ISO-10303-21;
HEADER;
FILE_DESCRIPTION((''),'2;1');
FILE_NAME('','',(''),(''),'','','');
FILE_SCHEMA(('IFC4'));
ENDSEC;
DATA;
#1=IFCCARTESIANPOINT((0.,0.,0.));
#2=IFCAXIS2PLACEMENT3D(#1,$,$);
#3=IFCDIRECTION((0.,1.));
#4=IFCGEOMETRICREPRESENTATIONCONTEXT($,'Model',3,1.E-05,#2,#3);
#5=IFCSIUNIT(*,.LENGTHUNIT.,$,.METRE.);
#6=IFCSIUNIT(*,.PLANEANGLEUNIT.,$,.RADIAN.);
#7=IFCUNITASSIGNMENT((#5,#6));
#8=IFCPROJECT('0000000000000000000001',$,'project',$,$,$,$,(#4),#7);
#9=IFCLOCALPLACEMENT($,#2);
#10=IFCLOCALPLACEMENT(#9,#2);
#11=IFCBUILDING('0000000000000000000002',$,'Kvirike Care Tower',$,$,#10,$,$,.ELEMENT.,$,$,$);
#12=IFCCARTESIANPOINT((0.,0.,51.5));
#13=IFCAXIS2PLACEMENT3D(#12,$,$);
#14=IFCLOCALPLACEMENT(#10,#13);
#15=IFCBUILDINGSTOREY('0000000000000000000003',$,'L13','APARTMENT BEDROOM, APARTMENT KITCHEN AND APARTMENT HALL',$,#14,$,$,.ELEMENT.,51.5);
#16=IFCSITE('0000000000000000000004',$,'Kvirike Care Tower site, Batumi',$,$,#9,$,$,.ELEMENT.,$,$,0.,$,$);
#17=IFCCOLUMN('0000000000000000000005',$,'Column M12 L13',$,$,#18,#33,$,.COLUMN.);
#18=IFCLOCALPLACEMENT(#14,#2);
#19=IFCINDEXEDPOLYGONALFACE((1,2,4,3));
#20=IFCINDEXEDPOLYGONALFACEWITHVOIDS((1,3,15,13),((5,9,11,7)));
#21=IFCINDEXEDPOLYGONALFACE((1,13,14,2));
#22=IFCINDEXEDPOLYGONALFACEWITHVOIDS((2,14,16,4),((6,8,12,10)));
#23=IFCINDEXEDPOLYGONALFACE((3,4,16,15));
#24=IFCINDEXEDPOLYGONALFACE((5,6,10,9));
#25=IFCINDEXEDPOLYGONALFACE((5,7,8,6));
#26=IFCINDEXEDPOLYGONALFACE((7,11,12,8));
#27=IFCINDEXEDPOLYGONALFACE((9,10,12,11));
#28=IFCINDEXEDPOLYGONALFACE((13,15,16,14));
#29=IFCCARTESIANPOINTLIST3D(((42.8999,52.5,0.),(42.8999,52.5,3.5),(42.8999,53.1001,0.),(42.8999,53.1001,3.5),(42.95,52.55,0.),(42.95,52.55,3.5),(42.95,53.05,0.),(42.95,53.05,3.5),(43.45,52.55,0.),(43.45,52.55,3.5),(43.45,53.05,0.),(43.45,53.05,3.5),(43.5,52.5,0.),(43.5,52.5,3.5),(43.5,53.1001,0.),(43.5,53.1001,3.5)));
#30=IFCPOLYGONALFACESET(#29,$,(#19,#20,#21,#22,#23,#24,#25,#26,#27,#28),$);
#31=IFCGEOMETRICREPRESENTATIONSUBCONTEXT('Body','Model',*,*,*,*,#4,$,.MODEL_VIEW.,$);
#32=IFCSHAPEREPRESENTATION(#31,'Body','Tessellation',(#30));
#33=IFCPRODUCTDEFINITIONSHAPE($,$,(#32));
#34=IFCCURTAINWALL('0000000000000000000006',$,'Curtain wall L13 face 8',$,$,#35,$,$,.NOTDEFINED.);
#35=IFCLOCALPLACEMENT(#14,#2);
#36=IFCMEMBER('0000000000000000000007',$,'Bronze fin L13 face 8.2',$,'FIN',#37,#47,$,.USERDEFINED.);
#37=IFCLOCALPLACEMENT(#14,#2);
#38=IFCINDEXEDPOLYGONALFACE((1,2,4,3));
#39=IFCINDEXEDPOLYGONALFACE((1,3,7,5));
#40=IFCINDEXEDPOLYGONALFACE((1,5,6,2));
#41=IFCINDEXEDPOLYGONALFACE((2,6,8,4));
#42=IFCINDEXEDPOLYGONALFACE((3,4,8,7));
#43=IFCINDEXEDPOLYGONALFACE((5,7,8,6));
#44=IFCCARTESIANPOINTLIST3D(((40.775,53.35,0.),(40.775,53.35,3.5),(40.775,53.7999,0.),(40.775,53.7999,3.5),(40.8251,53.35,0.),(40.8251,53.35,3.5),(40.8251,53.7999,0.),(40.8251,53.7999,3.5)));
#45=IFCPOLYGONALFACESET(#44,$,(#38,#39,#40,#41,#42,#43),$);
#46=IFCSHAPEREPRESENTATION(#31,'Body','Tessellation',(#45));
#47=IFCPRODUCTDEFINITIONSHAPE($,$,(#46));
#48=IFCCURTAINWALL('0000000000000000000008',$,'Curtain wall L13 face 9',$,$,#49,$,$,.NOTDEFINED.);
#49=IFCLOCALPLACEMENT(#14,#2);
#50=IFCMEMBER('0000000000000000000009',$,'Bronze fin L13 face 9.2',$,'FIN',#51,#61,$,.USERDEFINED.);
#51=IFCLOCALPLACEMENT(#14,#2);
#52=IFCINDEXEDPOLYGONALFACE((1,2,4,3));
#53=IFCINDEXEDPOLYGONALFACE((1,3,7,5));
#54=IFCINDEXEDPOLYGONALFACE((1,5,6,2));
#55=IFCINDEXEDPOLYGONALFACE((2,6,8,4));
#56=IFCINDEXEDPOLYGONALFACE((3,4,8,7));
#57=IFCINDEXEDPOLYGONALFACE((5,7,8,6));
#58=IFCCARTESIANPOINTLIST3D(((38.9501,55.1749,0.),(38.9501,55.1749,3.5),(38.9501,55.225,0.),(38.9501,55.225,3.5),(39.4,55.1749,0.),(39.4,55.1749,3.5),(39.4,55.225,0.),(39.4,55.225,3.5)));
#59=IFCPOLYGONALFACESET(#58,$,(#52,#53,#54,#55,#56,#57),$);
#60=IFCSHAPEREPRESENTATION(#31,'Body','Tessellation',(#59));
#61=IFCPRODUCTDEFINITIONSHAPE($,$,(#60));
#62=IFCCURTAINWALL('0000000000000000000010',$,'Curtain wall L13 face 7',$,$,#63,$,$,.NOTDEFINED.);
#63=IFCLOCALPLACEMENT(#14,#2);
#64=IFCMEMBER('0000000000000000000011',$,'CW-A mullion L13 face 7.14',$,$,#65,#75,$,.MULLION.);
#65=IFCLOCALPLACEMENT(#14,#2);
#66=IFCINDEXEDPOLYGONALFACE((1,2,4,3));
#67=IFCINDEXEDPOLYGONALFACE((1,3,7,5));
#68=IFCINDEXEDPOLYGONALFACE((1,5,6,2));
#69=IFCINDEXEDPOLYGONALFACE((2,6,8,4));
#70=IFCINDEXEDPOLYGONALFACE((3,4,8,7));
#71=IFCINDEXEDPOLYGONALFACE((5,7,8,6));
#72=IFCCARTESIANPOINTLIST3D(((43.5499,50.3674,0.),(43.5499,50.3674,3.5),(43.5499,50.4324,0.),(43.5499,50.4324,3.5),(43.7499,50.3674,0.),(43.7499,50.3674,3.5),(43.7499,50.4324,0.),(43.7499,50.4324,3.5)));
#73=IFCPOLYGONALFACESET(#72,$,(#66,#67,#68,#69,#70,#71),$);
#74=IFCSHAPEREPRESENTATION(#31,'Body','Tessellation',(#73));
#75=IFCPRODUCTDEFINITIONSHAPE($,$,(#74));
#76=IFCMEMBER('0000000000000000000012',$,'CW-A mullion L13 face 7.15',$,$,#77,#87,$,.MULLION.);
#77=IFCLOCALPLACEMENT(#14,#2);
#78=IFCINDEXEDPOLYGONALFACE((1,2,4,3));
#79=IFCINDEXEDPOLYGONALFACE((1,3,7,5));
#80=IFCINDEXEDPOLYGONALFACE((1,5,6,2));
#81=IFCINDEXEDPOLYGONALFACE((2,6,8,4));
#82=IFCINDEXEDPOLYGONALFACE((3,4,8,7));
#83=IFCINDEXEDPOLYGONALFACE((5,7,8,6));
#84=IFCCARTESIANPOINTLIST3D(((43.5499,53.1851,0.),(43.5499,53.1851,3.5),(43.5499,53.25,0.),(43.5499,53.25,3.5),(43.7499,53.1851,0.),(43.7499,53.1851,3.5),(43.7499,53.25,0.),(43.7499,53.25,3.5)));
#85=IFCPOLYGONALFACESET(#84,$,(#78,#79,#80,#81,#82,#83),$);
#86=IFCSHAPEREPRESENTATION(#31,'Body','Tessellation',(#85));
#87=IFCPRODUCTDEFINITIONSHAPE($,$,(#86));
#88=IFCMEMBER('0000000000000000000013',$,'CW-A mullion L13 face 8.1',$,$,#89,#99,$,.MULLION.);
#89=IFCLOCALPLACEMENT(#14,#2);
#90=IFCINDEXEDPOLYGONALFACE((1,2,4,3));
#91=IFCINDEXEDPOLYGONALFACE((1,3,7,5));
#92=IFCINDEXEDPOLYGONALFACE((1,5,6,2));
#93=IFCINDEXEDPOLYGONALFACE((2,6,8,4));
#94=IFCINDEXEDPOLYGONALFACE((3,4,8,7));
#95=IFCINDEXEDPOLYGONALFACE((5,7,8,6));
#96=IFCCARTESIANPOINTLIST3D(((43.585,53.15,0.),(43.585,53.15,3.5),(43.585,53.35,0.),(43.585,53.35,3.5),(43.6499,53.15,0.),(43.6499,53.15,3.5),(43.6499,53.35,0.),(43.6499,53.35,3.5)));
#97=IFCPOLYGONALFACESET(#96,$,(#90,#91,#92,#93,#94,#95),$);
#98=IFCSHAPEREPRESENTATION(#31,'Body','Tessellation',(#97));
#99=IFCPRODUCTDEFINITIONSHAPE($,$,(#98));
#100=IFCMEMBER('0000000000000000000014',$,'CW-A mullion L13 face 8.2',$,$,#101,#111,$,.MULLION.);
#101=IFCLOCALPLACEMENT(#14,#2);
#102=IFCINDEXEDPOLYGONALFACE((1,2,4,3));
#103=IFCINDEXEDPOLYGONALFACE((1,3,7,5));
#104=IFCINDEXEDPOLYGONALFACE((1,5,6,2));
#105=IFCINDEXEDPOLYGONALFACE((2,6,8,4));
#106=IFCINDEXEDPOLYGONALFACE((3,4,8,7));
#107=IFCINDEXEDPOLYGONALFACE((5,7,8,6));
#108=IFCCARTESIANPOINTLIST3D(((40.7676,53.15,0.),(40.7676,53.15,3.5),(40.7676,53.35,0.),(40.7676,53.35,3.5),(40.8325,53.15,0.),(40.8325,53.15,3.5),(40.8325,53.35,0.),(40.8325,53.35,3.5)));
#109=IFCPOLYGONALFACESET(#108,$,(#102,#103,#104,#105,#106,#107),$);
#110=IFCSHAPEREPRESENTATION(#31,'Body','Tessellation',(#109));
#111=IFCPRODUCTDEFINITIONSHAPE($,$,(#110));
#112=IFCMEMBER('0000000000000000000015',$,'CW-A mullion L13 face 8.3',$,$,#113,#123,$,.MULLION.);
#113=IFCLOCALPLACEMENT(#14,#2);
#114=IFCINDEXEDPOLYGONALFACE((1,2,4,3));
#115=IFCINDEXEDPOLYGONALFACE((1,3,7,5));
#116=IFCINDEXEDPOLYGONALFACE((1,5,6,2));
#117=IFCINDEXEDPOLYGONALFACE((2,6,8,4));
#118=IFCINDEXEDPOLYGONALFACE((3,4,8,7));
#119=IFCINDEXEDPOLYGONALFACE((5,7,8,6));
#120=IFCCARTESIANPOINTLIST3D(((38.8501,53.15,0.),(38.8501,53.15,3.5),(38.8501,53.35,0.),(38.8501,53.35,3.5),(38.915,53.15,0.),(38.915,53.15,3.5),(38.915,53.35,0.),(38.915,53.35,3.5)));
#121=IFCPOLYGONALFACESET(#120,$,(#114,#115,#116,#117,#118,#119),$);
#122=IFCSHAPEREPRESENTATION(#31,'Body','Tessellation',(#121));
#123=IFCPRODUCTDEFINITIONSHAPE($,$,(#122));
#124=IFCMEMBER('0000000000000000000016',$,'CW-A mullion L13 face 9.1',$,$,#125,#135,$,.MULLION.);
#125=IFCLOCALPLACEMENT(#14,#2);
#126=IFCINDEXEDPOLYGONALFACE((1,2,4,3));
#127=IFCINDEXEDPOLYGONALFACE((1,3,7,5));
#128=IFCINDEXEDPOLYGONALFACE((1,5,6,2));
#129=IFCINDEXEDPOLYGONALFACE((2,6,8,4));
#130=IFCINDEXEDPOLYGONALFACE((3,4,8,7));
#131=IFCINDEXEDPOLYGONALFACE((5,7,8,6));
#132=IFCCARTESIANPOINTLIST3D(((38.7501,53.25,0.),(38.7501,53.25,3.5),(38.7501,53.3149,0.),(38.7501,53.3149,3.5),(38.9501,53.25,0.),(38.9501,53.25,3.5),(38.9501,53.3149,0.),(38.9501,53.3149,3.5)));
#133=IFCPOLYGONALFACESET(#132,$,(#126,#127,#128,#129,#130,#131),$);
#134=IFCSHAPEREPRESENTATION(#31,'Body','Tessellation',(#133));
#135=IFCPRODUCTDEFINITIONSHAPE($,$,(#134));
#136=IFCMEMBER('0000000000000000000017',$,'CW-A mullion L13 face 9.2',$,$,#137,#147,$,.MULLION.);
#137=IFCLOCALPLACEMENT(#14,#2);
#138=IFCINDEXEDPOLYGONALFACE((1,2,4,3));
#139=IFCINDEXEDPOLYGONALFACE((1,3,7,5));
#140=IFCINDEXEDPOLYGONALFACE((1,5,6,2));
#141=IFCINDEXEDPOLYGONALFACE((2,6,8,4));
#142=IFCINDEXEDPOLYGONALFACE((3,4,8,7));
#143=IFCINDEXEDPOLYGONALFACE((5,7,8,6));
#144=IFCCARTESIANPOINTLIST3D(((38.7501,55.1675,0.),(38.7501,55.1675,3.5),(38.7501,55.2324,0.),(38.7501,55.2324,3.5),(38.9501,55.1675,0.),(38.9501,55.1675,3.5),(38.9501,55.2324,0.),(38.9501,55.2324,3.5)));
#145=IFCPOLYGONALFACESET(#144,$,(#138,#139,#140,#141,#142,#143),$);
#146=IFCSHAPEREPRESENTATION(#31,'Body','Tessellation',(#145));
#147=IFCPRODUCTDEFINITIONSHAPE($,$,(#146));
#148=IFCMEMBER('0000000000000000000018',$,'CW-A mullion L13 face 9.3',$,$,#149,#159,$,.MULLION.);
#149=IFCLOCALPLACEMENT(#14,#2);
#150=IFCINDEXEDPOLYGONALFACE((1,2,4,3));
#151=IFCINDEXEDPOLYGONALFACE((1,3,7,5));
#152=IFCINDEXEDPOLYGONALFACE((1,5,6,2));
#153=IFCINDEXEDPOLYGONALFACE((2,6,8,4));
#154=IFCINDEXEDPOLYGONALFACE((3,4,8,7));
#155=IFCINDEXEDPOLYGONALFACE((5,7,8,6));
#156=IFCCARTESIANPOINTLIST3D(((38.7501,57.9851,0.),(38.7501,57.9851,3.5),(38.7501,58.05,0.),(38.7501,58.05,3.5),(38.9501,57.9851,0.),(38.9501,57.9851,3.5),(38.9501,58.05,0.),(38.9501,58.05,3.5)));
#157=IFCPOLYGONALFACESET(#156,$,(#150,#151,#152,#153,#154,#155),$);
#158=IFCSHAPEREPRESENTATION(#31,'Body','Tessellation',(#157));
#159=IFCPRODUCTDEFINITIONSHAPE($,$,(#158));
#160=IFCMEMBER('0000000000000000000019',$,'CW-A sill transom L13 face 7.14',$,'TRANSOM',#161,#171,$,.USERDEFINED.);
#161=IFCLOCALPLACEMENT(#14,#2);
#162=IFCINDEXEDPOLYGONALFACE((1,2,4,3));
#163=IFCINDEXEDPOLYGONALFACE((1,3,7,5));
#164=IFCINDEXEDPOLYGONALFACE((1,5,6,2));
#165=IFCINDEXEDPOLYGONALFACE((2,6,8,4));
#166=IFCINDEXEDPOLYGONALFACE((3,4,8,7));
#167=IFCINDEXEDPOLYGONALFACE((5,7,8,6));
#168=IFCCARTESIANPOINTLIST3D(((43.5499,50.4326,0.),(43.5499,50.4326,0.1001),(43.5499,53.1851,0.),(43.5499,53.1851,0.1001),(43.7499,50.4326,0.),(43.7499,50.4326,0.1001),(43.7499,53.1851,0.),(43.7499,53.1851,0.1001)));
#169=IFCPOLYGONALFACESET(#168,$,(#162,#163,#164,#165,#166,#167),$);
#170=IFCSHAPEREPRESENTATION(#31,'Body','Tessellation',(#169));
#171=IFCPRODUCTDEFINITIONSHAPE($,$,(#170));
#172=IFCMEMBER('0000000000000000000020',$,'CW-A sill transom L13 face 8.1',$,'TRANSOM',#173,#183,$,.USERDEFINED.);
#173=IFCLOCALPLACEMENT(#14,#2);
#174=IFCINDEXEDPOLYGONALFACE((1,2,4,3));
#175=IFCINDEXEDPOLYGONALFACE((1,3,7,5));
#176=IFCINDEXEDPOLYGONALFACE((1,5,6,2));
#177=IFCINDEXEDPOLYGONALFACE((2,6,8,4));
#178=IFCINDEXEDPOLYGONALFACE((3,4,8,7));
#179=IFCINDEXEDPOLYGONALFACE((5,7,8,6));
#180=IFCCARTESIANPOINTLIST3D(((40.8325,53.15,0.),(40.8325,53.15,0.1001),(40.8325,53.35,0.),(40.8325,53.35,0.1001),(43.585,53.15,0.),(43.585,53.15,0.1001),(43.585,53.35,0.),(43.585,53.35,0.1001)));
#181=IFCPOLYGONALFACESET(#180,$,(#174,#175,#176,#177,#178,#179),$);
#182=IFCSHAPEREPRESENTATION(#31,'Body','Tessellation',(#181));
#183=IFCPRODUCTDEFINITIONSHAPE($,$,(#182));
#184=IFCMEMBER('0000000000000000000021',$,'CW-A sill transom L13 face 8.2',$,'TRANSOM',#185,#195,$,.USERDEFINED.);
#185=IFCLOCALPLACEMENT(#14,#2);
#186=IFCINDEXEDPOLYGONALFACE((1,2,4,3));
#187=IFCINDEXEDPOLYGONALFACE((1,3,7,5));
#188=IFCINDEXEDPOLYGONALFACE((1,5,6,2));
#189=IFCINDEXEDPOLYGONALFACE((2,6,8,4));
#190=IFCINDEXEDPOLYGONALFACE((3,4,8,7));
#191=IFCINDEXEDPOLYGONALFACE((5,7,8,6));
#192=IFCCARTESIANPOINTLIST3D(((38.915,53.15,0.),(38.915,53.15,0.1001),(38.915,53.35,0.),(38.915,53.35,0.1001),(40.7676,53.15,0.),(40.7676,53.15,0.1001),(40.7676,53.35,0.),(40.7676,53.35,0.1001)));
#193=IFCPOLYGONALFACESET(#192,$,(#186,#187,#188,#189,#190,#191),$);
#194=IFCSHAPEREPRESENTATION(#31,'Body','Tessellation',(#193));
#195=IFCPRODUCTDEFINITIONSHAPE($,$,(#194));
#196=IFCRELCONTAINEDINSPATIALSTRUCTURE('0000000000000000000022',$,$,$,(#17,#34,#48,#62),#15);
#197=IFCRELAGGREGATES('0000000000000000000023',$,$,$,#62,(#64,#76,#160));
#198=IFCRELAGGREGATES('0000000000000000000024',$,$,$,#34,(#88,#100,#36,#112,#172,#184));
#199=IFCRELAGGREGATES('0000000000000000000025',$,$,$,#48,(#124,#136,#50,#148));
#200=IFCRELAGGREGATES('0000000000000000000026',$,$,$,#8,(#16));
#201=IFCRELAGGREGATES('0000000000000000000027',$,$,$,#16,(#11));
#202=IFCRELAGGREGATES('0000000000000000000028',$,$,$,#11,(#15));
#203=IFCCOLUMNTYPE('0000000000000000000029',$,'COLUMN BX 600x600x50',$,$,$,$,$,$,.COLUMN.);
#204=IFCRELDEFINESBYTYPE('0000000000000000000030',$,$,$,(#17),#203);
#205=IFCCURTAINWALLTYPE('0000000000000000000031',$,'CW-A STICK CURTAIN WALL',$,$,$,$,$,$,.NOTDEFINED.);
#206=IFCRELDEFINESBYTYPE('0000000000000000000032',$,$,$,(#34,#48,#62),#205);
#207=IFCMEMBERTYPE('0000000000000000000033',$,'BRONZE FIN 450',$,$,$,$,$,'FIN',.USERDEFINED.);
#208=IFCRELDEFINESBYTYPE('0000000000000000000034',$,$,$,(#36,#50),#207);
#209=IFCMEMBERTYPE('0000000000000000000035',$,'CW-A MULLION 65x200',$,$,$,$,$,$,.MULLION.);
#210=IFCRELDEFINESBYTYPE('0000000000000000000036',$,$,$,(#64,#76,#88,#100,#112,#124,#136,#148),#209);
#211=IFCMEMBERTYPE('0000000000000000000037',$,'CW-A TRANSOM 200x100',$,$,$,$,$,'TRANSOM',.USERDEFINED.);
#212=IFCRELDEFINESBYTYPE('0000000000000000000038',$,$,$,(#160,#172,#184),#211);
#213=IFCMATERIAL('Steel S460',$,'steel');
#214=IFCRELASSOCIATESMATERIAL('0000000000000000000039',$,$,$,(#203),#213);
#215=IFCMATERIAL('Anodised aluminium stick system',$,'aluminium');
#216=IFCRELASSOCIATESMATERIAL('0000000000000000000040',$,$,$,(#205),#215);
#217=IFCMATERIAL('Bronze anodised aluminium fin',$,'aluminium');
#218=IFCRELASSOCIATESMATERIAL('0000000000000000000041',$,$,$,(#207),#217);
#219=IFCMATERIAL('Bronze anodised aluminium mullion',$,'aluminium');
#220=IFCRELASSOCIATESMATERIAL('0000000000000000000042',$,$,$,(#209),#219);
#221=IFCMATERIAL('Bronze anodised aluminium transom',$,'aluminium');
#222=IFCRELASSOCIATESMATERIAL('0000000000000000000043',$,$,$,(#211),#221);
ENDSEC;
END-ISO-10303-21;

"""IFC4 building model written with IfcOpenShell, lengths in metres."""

from ifc_helpers import new_model, si_unit, direction, frame, origin, origin_2d, place, context, subcontext, project, spatial, rectangle, hollow_rectangle, extrude, material, material_profile, profile_set, type_object, element, aggregate, save


model = new_model("IFC4")

# Units and contexts
model_context = context("Model", 3, precision=1e-05, world=origin(), true_north=direction((0.0, 1.0)))
body_context = subcontext(model_context, "Body", "Model", "MODEL_VIEW")
ifc_project = project(units=[si_unit("LENGTHUNIT", "METRE"), si_unit("PLANEANGLEUNIT", "RADIAN")], contexts=[model_context])

# Site, building, storey
site_placement = place(None, origin())
site = spatial("IfcSite", under=ifc_project, at=site_placement, Name="Kvirike Care Tower site, Batumi", CompositionType="ELEMENT", RefElevation=0.0)
building_placement = place(site_placement, origin())
building = spatial("IfcBuilding", under=site, at=building_placement, Name="Kvirike Care Tower", CompositionType="ELEMENT")
storey_placement = place(building_placement, frame((0.0, 0.0, 51.5)))
storey = spatial("IfcBuildingStorey", under=building, at=storey_placement, Name="L13", Description="APARTMENT BEDROOM, APARTMENT KITCHEN AND APARTMENT HALL", CompositionType="ELEMENT", Elevation=51.5)

# Column
ifc_material_1 = material(Name="Steel S460", Category="steel")
ifc_material_profile_1 = material_profile(ifc_material_1, hollow_rectangle(XDim=0.6001, YDim=0.6001, WallThickness=0.05, at=origin_2d()), Name="BX 600x600x50")
ifc_profile_set_1 = profile_set([ifc_material_profile_1], Name="Steel S460")
column_type = type_object("IfcColumnType", Name="COLUMN BX 600x600x50", PredefinedType="COLUMN", material=ifc_profile_set_1)
column_placement = place(storey_placement, frame((43.2, 52.8, 0.0), z_axis=(0.0, 0.0, 1.0), x_axis=(0.0, 1.0, 0.0)))
element("IfcColumn", 1, at=column_placement, inside=storey, type_object=column_type, Name="Column M12 L13", PredefinedType="COLUMN", context=body_context, shape_type="SweptSolid", body=[
    extrude(hollow_rectangle(XDim=0.6001, YDim=0.6001, WallThickness=0.05, at=origin_2d()), origin(), (0.0, 0.0, 1.0), 3.5),
])

# Curtain walls, members
ifc_material_2 = material(Name="Anodised aluminium stick system", Category="aluminium")
curtain_wall_type = type_object("IfcCurtainWallType", Name="CW-A STICK CURTAIN WALL", PredefinedType="NOTDEFINED", material=ifc_material_2)
curtain_wall_1_placement = place(storey_placement, origin())
curtain_wall_1 = element("IfcCurtainWall", 2, at=curtain_wall_1_placement, inside=storey, type_object=curtain_wall_type, Name="Curtain wall L13 face 8", PredefinedType="NOTDEFINED")
ifc_material_3 = material(Name="Bronze anodised aluminium fin", Category="aluminium")
ifc_material_profile_2 = material_profile(ifc_material_3, rectangle(XDim=0.05, YDim=0.45, at=origin_2d()), Name="BRONZE FIN 450")
ifc_profile_set_2 = profile_set([ifc_material_profile_2], Name="Bronze anodised aluminium fin")
member_type_1 = type_object("IfcMemberType", Name="BRONZE FIN 450", ElementType="FIN", PredefinedType="USERDEFINED", material=ifc_profile_set_2)
member_1_placement = place(storey_placement, frame((40.8, 53.575, 0.0), z_axis=(0.0, 0.0, 1.0), x_axis=(-1.0, 0.0, 0.0)))
member_1 = element("IfcMember", 3, at=member_1_placement, type_object=member_type_1, Name="Bronze fin L13 face 8.2", ObjectType="FIN", PredefinedType="USERDEFINED", context=body_context, shape_type="SweptSolid", body=[
    extrude(rectangle(XDim=0.05, YDim=0.45, at=origin_2d()), origin(), (0.0, 0.0, 1.0), 3.5),
])
curtain_wall_2_placement = place(storey_placement, origin())
curtain_wall_2 = element("IfcCurtainWall", 4, at=curtain_wall_2_placement, inside=storey, type_object=curtain_wall_type, Name="Curtain wall L13 face 9", PredefinedType="NOTDEFINED")
member_2_placement = place(storey_placement, frame((39.175, 55.2, 0.0), z_axis=(0.0, 0.0, 1.0), x_axis=(0.0, 1.0, 0.0)))
member_2 = element("IfcMember", 5, at=member_2_placement, type_object=member_type_1, Name="Bronze fin L13 face 9.2", ObjectType="FIN", PredefinedType="USERDEFINED", context=body_context, shape_type="SweptSolid", body=[
    extrude(rectangle(XDim=0.05, YDim=0.45, at=origin_2d()), origin(), (0.0, 0.0, 1.0), 3.5),
])

# Curtain wall, members
curtain_wall_3_placement = place(storey_placement, origin())
curtain_wall_3 = element("IfcCurtainWall", 6, at=curtain_wall_3_placement, inside=storey, type_object=curtain_wall_type, Name="Curtain wall L13 face 7", PredefinedType="NOTDEFINED")
ifc_material_4 = material(Name="Bronze anodised aluminium mullion", Category="aluminium")
ifc_material_profile_3 = material_profile(ifc_material_4, rectangle(XDim=0.0649, YDim=0.2, at=origin_2d()), Name="CW-A MULLION 65x200")
ifc_profile_set_3 = profile_set([ifc_material_profile_3], Name="Bronze anodised aluminium mullion")
member_type_2 = type_object("IfcMemberType", Name="CW-A MULLION 65x200", PredefinedType="MULLION", material=ifc_profile_set_3)
member_3_placement = place(storey_placement, frame((43.6499, 50.3999, 0.0), z_axis=(0.0, 0.0, 1.0), x_axis=(0.0, 1.0, 0.0)))
member_3 = element("IfcMember", 7, at=member_3_placement, type_object=member_type_2, Name="CW-A mullion L13 face 7.14", PredefinedType="MULLION", context=body_context, shape_type="SweptSolid", body=[
    extrude(rectangle(XDim=0.0649, YDim=0.2, at=origin_2d()), origin(), (0.0, 0.0, 1.0), 3.5),
])
member_4_placement = place(storey_placement, frame((43.6499, 53.2175, 0.0), z_axis=(0.0, 0.0, 1.0), x_axis=(0.0, 1.0, 0.0)))
member_4 = element("IfcMember", 8, at=member_4_placement, type_object=member_type_2, Name="CW-A mullion L13 face 7.15", PredefinedType="MULLION", context=body_context, shape_type="SweptSolid", body=[
    extrude(rectangle(XDim=0.0649, YDim=0.2, at=origin_2d()), origin(), (0.0, 0.0, 1.0), 3.5),
])

# Members
member_5_placement = place(storey_placement, frame((43.6174, 53.25, 0.0), z_axis=(0.0, 0.0, 1.0), x_axis=(-1.0, 0.0, 0.0)))
member_5 = element("IfcMember", 9, at=member_5_placement, type_object=member_type_2, Name="CW-A mullion L13 face 8.1", PredefinedType="MULLION", context=body_context, shape_type="SweptSolid", body=[
    extrude(rectangle(XDim=0.0649, YDim=0.2, at=origin_2d()), origin(), (0.0, 0.0, 1.0), 3.5),
])
member_6_placement = place(storey_placement, frame((40.8, 53.25, 0.0), z_axis=(0.0, 0.0, 1.0), x_axis=(-1.0, 0.0, 0.0)))
member_6 = element("IfcMember", 10, at=member_6_placement, type_object=member_type_2, Name="CW-A mullion L13 face 8.2", PredefinedType="MULLION", context=body_context, shape_type="SweptSolid", body=[
    extrude(rectangle(XDim=0.0649, YDim=0.2, at=origin_2d()), origin(), (0.0, 0.0, 1.0), 3.5),
])
member_7_placement = place(storey_placement, frame((38.8826, 53.25, 0.0), z_axis=(0.0, 0.0, 1.0), x_axis=(-1.0, 0.0, 0.0)))
member_7 = element("IfcMember", 11, at=member_7_placement, type_object=member_type_2, Name="CW-A mullion L13 face 8.3", PredefinedType="MULLION", context=body_context, shape_type="SweptSolid", body=[
    extrude(rectangle(XDim=0.0649, YDim=0.2, at=origin_2d()), origin(), (0.0, 0.0, 1.0), 3.5),
])
member_8_placement = place(storey_placement, frame((38.8501, 53.2825, 0.0), z_axis=(0.0, 0.0, 1.0), x_axis=(0.0, 1.0, 0.0)))
member_8 = element("IfcMember", 12, at=member_8_placement, type_object=member_type_2, Name="CW-A mullion L13 face 9.1", PredefinedType="MULLION", context=body_context, shape_type="SweptSolid", body=[
    extrude(rectangle(XDim=0.0649, YDim=0.2, at=origin_2d()), origin(), (0.0, 0.0, 1.0), 3.5),
])
member_9_placement = place(storey_placement, frame((38.8501, 55.2, 0.0), z_axis=(0.0, 0.0, 1.0), x_axis=(0.0, 1.0, 0.0)))
member_9 = element("IfcMember", 13, at=member_9_placement, type_object=member_type_2, Name="CW-A mullion L13 face 9.2", PredefinedType="MULLION", context=body_context, shape_type="SweptSolid", body=[
    extrude(rectangle(XDim=0.0649, YDim=0.2, at=origin_2d()), origin(), (0.0, 0.0, 1.0), 3.5),
])
member_10_placement = place(storey_placement, frame((38.8501, 58.0176, 0.0), z_axis=(0.0, 0.0, 1.0), x_axis=(0.0, 1.0, 0.0)))
member_10 = element("IfcMember", 14, at=member_10_placement, type_object=member_type_2, Name="CW-A mullion L13 face 9.3", PredefinedType="MULLION", context=body_context, shape_type="SweptSolid", body=[
    extrude(rectangle(XDim=0.0649, YDim=0.2, at=origin_2d()), origin(), (0.0, 0.0, 1.0), 3.5),
])
ifc_material_5 = material(Name="Bronze anodised aluminium transom", Category="aluminium")
ifc_material_profile_4 = material_profile(ifc_material_5, rectangle(XDim=0.2, YDim=0.1001, at=origin_2d()), Name="CW-A TRANSOM 200x100")
ifc_profile_set_4 = profile_set([ifc_material_profile_4], Name="Bronze anodised aluminium transom")
member_type_3 = type_object("IfcMemberType", Name="CW-A TRANSOM 200x100", ElementType="TRANSOM", PredefinedType="USERDEFINED", material=ifc_profile_set_4)
member_11_placement = place(storey_placement, frame((43.6499, 50.4326, 0.05), z_axis=(0.0, 1.0, 0.0), x_axis=(-1.0, 0.0, 0.0)))
member_11 = element("IfcMember", 15, at=member_11_placement, type_object=member_type_3, Name="CW-A sill transom L13 face 7.14", ObjectType="TRANSOM", PredefinedType="USERDEFINED", context=body_context, shape_type="SweptSolid", body=[
    extrude(rectangle(XDim=0.2, YDim=0.1001, at=origin_2d()), origin(), (0.0, 0.0, 1.0), 2.7524),
])
member_12_placement = place(storey_placement, frame((43.585, 53.25, 0.05), z_axis=(-1.0, 0.0, 0.0), x_axis=(0.0, -1.0, 0.0)))
member_12 = element("IfcMember", 16, at=member_12_placement, type_object=member_type_3, Name="CW-A sill transom L13 face 8.1", ObjectType="TRANSOM", PredefinedType="USERDEFINED", context=body_context, shape_type="SweptSolid", body=[
    extrude(rectangle(XDim=0.2, YDim=0.1001, at=origin_2d()), origin(), (0.0, 0.0, 1.0), 2.7524),
])
member_13_placement = place(storey_placement, frame((40.7676, 53.25, 0.05), z_axis=(-1.0, 0.0, 0.0), x_axis=(0.0, -1.0, 0.0)))
member_13 = element("IfcMember", 17, at=member_13_placement, type_object=member_type_3, Name="CW-A sill transom L13 face 8.2", ObjectType="TRANSOM", PredefinedType="USERDEFINED", context=body_context, shape_type="SweptSolid", body=[
    extrude(rectangle(XDim=0.2, YDim=0.1001, at=origin_2d()), origin(), (0.0, 0.0, 1.0), 1.8525),
])

aggregate(curtain_wall_3, [member_3, member_4, member_11])
aggregate(curtain_wall_1, [member_5, member_6, member_1, member_7, member_12, member_13])
aggregate(curtain_wall_2, [member_8, member_9, member_2, member_10])

save(model, "model.ifc")
